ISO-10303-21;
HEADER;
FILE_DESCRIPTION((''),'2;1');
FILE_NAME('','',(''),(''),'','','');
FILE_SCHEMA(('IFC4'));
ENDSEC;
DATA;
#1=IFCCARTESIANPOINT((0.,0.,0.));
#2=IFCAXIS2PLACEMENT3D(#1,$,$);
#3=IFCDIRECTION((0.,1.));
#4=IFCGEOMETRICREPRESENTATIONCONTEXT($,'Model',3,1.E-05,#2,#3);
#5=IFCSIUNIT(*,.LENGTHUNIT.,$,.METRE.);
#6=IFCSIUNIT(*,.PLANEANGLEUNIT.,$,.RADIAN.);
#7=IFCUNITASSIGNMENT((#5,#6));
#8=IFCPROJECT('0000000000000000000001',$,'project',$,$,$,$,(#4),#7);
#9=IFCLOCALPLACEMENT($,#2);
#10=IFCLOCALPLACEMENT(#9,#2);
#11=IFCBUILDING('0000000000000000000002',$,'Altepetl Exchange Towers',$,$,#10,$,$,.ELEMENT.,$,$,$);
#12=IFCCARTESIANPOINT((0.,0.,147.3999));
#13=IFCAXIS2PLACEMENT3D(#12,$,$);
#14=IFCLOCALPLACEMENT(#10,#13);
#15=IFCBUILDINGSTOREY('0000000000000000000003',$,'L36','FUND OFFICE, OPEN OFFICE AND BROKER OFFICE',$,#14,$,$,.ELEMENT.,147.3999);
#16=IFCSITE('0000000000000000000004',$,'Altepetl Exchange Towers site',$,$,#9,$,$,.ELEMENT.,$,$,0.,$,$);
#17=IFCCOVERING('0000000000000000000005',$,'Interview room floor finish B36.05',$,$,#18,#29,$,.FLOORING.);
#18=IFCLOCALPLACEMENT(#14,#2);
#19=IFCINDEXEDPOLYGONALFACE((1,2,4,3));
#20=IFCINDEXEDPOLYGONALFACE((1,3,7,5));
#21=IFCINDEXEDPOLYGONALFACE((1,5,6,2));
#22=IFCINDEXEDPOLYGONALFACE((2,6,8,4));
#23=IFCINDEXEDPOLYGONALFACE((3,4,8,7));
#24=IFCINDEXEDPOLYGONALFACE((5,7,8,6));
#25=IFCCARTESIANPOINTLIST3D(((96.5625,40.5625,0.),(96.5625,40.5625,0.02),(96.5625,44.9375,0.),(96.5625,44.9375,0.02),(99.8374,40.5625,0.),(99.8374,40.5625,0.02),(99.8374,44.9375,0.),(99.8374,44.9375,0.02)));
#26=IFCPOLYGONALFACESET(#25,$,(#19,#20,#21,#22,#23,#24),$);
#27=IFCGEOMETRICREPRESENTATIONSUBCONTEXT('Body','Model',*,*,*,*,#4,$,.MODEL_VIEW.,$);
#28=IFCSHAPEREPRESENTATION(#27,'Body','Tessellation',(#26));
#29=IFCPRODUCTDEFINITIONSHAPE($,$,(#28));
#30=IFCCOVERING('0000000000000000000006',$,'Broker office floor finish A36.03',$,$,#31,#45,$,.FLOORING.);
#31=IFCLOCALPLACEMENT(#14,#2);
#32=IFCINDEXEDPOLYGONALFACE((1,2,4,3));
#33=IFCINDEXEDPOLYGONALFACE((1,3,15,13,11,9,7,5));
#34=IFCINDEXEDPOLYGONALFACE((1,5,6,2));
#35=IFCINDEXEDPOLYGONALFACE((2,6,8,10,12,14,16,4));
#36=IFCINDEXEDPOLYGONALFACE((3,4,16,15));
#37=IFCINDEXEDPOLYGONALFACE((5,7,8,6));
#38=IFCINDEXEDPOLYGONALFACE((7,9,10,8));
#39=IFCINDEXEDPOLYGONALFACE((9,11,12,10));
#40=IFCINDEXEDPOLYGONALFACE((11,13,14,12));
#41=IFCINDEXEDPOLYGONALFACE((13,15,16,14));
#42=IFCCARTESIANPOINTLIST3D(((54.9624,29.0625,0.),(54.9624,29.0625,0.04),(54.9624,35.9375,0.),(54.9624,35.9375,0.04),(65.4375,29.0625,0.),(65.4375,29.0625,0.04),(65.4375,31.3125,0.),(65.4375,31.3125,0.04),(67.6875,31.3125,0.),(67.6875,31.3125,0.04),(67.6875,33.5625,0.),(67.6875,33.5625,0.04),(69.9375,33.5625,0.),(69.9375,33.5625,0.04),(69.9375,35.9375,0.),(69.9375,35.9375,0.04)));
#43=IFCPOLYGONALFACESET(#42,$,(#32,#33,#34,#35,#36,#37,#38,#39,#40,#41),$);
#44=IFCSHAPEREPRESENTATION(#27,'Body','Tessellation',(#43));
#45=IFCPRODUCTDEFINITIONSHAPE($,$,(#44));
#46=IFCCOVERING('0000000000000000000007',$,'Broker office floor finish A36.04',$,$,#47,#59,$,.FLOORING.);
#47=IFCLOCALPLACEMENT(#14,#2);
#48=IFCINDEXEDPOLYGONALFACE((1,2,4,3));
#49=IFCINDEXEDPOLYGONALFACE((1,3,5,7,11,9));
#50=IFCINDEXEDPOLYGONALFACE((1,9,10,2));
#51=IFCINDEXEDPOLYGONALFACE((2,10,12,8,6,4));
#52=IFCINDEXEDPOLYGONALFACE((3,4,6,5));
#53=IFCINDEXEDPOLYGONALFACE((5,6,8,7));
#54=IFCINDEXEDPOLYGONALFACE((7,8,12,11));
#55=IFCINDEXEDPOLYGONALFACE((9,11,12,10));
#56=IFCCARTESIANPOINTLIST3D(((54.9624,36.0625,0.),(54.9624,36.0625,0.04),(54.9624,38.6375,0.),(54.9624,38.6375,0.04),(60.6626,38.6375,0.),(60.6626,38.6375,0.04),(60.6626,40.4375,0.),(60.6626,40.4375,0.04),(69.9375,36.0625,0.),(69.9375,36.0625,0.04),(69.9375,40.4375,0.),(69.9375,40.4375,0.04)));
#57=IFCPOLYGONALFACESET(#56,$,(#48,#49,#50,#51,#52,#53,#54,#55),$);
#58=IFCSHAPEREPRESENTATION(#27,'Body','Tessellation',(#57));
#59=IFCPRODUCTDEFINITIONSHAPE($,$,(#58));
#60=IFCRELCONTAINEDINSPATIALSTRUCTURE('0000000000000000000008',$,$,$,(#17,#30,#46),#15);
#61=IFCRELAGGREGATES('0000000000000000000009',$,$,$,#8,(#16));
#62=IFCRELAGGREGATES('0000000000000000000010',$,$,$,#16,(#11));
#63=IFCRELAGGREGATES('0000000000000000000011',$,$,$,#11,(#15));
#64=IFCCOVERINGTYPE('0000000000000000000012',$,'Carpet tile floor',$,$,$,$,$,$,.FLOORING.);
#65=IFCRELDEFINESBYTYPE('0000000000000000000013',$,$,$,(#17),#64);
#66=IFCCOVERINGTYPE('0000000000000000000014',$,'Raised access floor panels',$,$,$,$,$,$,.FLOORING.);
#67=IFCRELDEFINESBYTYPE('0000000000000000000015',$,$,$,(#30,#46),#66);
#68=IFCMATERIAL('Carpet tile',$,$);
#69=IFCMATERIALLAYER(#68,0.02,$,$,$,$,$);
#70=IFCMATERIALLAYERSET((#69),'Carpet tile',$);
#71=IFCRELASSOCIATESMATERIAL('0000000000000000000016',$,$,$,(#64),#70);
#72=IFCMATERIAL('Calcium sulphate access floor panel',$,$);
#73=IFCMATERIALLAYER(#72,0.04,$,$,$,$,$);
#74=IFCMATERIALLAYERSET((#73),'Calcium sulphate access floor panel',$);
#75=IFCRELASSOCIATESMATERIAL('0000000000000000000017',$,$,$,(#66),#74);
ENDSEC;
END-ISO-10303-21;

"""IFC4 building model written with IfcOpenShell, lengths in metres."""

from ifc_helpers import new_model, si_unit, direction, frame, origin, place, context, subcontext, project, spatial, polyline, outline, extrude, material, layer, layer_set, type_object, element, save


model = new_model("IFC4")

# Units and contexts
model_context = context("Model", 3, precision=1e-05, world=origin(), true_north=direction((0.0, 1.0)))
body_context = subcontext(model_context, "Body", "Model", "MODEL_VIEW")
ifc_project = project(units=[si_unit("LENGTHUNIT", "METRE"), si_unit("PLANEANGLEUNIT", "RADIAN")], contexts=[model_context])

# Site, building, storey
site_placement = place(None, origin())
site = spatial("IfcSite", under=ifc_project, at=site_placement, Name="Altepetl Exchange Towers site", CompositionType="ELEMENT", RefElevation=0.0)
building_placement = place(site_placement, origin())
building = spatial("IfcBuilding", under=site, at=building_placement, Name="Altepetl Exchange Towers", CompositionType="ELEMENT")
storey_placement = place(building_placement, frame((0.0, 0.0, 147.3999)))
storey = spatial("IfcBuildingStorey", under=building, at=storey_placement, Name="L36", Description="FUND OFFICE, OPEN OFFICE AND BROKER OFFICE", CompositionType="ELEMENT", Elevation=147.3999)

# Coverings
ifc_material_1 = material(Name="Carpet tile")
ifc_layer_1 = layer(ifc_material_1, 0.02)
ifc_layer_set_1 = layer_set([ifc_layer_1], Name="Carpet tile")
covering_type_1 = type_object("IfcCoveringType", Name="Carpet tile floor", PredefinedType="FLOORING", material=ifc_layer_set_1)
covering_1_placement = place(storey_placement, origin())
element("IfcCovering", 1, at=covering_1_placement, inside=storey, type_object=covering_type_1, Name="Interview room floor finish B36.05", PredefinedType="FLOORING", context=body_context, shape_type="SweptSolid", body=[
    extrude(outline(polyline([(96.5625, 40.5625), (99.8374, 40.5625), (99.8374, 44.9375), (96.5625, 44.9375), (96.5625, 40.5625)])), origin(), (0.0, 0.0, 1.0), 0.02),
])
ifc_material_2 = material(Name="Calcium sulphate access floor panel")
ifc_layer_2 = layer(ifc_material_2, 0.04)
ifc_layer_set_2 = layer_set([ifc_layer_2], Name="Calcium sulphate access floor panel")
covering_type_2 = type_object("IfcCoveringType", Name="Raised access floor panels", PredefinedType="FLOORING", material=ifc_layer_set_2)
covering_2_placement = place(storey_placement, origin())
element("IfcCovering", 2, at=covering_2_placement, inside=storey, type_object=covering_type_2, Name="Broker office floor finish A36.03", PredefinedType="FLOORING", context=body_context, shape_type="SweptSolid", body=[
    extrude(outline(polyline([(69.9375, 35.9375), (54.9624, 35.9375), (54.9624, 29.0625), (65.4375, 29.0625), (65.4375, 31.3125), (67.6875, 31.3125), (67.6875, 33.5625), (69.9375, 33.5625), (69.9375, 35.9375)])), origin(), (0.0, 0.0, 1.0), 0.04),
])
covering_3_placement = place(storey_placement, origin())
element("IfcCovering", 3, at=covering_3_placement, inside=storey, type_object=covering_type_2, Name="Broker office floor finish A36.04", PredefinedType="FLOORING", context=body_context, shape_type="SweptSolid", body=[
    extrude(outline(polyline([(69.9375, 40.4375), (60.6626, 40.4375), (60.6626, 38.6375), (54.9624, 38.6375), (54.9624, 36.0625), (69.9375, 36.0625), (69.9375, 40.4375)])), origin(), (0.0, 0.0, 1.0), 0.04),
])

save(model, "model.ifc")
